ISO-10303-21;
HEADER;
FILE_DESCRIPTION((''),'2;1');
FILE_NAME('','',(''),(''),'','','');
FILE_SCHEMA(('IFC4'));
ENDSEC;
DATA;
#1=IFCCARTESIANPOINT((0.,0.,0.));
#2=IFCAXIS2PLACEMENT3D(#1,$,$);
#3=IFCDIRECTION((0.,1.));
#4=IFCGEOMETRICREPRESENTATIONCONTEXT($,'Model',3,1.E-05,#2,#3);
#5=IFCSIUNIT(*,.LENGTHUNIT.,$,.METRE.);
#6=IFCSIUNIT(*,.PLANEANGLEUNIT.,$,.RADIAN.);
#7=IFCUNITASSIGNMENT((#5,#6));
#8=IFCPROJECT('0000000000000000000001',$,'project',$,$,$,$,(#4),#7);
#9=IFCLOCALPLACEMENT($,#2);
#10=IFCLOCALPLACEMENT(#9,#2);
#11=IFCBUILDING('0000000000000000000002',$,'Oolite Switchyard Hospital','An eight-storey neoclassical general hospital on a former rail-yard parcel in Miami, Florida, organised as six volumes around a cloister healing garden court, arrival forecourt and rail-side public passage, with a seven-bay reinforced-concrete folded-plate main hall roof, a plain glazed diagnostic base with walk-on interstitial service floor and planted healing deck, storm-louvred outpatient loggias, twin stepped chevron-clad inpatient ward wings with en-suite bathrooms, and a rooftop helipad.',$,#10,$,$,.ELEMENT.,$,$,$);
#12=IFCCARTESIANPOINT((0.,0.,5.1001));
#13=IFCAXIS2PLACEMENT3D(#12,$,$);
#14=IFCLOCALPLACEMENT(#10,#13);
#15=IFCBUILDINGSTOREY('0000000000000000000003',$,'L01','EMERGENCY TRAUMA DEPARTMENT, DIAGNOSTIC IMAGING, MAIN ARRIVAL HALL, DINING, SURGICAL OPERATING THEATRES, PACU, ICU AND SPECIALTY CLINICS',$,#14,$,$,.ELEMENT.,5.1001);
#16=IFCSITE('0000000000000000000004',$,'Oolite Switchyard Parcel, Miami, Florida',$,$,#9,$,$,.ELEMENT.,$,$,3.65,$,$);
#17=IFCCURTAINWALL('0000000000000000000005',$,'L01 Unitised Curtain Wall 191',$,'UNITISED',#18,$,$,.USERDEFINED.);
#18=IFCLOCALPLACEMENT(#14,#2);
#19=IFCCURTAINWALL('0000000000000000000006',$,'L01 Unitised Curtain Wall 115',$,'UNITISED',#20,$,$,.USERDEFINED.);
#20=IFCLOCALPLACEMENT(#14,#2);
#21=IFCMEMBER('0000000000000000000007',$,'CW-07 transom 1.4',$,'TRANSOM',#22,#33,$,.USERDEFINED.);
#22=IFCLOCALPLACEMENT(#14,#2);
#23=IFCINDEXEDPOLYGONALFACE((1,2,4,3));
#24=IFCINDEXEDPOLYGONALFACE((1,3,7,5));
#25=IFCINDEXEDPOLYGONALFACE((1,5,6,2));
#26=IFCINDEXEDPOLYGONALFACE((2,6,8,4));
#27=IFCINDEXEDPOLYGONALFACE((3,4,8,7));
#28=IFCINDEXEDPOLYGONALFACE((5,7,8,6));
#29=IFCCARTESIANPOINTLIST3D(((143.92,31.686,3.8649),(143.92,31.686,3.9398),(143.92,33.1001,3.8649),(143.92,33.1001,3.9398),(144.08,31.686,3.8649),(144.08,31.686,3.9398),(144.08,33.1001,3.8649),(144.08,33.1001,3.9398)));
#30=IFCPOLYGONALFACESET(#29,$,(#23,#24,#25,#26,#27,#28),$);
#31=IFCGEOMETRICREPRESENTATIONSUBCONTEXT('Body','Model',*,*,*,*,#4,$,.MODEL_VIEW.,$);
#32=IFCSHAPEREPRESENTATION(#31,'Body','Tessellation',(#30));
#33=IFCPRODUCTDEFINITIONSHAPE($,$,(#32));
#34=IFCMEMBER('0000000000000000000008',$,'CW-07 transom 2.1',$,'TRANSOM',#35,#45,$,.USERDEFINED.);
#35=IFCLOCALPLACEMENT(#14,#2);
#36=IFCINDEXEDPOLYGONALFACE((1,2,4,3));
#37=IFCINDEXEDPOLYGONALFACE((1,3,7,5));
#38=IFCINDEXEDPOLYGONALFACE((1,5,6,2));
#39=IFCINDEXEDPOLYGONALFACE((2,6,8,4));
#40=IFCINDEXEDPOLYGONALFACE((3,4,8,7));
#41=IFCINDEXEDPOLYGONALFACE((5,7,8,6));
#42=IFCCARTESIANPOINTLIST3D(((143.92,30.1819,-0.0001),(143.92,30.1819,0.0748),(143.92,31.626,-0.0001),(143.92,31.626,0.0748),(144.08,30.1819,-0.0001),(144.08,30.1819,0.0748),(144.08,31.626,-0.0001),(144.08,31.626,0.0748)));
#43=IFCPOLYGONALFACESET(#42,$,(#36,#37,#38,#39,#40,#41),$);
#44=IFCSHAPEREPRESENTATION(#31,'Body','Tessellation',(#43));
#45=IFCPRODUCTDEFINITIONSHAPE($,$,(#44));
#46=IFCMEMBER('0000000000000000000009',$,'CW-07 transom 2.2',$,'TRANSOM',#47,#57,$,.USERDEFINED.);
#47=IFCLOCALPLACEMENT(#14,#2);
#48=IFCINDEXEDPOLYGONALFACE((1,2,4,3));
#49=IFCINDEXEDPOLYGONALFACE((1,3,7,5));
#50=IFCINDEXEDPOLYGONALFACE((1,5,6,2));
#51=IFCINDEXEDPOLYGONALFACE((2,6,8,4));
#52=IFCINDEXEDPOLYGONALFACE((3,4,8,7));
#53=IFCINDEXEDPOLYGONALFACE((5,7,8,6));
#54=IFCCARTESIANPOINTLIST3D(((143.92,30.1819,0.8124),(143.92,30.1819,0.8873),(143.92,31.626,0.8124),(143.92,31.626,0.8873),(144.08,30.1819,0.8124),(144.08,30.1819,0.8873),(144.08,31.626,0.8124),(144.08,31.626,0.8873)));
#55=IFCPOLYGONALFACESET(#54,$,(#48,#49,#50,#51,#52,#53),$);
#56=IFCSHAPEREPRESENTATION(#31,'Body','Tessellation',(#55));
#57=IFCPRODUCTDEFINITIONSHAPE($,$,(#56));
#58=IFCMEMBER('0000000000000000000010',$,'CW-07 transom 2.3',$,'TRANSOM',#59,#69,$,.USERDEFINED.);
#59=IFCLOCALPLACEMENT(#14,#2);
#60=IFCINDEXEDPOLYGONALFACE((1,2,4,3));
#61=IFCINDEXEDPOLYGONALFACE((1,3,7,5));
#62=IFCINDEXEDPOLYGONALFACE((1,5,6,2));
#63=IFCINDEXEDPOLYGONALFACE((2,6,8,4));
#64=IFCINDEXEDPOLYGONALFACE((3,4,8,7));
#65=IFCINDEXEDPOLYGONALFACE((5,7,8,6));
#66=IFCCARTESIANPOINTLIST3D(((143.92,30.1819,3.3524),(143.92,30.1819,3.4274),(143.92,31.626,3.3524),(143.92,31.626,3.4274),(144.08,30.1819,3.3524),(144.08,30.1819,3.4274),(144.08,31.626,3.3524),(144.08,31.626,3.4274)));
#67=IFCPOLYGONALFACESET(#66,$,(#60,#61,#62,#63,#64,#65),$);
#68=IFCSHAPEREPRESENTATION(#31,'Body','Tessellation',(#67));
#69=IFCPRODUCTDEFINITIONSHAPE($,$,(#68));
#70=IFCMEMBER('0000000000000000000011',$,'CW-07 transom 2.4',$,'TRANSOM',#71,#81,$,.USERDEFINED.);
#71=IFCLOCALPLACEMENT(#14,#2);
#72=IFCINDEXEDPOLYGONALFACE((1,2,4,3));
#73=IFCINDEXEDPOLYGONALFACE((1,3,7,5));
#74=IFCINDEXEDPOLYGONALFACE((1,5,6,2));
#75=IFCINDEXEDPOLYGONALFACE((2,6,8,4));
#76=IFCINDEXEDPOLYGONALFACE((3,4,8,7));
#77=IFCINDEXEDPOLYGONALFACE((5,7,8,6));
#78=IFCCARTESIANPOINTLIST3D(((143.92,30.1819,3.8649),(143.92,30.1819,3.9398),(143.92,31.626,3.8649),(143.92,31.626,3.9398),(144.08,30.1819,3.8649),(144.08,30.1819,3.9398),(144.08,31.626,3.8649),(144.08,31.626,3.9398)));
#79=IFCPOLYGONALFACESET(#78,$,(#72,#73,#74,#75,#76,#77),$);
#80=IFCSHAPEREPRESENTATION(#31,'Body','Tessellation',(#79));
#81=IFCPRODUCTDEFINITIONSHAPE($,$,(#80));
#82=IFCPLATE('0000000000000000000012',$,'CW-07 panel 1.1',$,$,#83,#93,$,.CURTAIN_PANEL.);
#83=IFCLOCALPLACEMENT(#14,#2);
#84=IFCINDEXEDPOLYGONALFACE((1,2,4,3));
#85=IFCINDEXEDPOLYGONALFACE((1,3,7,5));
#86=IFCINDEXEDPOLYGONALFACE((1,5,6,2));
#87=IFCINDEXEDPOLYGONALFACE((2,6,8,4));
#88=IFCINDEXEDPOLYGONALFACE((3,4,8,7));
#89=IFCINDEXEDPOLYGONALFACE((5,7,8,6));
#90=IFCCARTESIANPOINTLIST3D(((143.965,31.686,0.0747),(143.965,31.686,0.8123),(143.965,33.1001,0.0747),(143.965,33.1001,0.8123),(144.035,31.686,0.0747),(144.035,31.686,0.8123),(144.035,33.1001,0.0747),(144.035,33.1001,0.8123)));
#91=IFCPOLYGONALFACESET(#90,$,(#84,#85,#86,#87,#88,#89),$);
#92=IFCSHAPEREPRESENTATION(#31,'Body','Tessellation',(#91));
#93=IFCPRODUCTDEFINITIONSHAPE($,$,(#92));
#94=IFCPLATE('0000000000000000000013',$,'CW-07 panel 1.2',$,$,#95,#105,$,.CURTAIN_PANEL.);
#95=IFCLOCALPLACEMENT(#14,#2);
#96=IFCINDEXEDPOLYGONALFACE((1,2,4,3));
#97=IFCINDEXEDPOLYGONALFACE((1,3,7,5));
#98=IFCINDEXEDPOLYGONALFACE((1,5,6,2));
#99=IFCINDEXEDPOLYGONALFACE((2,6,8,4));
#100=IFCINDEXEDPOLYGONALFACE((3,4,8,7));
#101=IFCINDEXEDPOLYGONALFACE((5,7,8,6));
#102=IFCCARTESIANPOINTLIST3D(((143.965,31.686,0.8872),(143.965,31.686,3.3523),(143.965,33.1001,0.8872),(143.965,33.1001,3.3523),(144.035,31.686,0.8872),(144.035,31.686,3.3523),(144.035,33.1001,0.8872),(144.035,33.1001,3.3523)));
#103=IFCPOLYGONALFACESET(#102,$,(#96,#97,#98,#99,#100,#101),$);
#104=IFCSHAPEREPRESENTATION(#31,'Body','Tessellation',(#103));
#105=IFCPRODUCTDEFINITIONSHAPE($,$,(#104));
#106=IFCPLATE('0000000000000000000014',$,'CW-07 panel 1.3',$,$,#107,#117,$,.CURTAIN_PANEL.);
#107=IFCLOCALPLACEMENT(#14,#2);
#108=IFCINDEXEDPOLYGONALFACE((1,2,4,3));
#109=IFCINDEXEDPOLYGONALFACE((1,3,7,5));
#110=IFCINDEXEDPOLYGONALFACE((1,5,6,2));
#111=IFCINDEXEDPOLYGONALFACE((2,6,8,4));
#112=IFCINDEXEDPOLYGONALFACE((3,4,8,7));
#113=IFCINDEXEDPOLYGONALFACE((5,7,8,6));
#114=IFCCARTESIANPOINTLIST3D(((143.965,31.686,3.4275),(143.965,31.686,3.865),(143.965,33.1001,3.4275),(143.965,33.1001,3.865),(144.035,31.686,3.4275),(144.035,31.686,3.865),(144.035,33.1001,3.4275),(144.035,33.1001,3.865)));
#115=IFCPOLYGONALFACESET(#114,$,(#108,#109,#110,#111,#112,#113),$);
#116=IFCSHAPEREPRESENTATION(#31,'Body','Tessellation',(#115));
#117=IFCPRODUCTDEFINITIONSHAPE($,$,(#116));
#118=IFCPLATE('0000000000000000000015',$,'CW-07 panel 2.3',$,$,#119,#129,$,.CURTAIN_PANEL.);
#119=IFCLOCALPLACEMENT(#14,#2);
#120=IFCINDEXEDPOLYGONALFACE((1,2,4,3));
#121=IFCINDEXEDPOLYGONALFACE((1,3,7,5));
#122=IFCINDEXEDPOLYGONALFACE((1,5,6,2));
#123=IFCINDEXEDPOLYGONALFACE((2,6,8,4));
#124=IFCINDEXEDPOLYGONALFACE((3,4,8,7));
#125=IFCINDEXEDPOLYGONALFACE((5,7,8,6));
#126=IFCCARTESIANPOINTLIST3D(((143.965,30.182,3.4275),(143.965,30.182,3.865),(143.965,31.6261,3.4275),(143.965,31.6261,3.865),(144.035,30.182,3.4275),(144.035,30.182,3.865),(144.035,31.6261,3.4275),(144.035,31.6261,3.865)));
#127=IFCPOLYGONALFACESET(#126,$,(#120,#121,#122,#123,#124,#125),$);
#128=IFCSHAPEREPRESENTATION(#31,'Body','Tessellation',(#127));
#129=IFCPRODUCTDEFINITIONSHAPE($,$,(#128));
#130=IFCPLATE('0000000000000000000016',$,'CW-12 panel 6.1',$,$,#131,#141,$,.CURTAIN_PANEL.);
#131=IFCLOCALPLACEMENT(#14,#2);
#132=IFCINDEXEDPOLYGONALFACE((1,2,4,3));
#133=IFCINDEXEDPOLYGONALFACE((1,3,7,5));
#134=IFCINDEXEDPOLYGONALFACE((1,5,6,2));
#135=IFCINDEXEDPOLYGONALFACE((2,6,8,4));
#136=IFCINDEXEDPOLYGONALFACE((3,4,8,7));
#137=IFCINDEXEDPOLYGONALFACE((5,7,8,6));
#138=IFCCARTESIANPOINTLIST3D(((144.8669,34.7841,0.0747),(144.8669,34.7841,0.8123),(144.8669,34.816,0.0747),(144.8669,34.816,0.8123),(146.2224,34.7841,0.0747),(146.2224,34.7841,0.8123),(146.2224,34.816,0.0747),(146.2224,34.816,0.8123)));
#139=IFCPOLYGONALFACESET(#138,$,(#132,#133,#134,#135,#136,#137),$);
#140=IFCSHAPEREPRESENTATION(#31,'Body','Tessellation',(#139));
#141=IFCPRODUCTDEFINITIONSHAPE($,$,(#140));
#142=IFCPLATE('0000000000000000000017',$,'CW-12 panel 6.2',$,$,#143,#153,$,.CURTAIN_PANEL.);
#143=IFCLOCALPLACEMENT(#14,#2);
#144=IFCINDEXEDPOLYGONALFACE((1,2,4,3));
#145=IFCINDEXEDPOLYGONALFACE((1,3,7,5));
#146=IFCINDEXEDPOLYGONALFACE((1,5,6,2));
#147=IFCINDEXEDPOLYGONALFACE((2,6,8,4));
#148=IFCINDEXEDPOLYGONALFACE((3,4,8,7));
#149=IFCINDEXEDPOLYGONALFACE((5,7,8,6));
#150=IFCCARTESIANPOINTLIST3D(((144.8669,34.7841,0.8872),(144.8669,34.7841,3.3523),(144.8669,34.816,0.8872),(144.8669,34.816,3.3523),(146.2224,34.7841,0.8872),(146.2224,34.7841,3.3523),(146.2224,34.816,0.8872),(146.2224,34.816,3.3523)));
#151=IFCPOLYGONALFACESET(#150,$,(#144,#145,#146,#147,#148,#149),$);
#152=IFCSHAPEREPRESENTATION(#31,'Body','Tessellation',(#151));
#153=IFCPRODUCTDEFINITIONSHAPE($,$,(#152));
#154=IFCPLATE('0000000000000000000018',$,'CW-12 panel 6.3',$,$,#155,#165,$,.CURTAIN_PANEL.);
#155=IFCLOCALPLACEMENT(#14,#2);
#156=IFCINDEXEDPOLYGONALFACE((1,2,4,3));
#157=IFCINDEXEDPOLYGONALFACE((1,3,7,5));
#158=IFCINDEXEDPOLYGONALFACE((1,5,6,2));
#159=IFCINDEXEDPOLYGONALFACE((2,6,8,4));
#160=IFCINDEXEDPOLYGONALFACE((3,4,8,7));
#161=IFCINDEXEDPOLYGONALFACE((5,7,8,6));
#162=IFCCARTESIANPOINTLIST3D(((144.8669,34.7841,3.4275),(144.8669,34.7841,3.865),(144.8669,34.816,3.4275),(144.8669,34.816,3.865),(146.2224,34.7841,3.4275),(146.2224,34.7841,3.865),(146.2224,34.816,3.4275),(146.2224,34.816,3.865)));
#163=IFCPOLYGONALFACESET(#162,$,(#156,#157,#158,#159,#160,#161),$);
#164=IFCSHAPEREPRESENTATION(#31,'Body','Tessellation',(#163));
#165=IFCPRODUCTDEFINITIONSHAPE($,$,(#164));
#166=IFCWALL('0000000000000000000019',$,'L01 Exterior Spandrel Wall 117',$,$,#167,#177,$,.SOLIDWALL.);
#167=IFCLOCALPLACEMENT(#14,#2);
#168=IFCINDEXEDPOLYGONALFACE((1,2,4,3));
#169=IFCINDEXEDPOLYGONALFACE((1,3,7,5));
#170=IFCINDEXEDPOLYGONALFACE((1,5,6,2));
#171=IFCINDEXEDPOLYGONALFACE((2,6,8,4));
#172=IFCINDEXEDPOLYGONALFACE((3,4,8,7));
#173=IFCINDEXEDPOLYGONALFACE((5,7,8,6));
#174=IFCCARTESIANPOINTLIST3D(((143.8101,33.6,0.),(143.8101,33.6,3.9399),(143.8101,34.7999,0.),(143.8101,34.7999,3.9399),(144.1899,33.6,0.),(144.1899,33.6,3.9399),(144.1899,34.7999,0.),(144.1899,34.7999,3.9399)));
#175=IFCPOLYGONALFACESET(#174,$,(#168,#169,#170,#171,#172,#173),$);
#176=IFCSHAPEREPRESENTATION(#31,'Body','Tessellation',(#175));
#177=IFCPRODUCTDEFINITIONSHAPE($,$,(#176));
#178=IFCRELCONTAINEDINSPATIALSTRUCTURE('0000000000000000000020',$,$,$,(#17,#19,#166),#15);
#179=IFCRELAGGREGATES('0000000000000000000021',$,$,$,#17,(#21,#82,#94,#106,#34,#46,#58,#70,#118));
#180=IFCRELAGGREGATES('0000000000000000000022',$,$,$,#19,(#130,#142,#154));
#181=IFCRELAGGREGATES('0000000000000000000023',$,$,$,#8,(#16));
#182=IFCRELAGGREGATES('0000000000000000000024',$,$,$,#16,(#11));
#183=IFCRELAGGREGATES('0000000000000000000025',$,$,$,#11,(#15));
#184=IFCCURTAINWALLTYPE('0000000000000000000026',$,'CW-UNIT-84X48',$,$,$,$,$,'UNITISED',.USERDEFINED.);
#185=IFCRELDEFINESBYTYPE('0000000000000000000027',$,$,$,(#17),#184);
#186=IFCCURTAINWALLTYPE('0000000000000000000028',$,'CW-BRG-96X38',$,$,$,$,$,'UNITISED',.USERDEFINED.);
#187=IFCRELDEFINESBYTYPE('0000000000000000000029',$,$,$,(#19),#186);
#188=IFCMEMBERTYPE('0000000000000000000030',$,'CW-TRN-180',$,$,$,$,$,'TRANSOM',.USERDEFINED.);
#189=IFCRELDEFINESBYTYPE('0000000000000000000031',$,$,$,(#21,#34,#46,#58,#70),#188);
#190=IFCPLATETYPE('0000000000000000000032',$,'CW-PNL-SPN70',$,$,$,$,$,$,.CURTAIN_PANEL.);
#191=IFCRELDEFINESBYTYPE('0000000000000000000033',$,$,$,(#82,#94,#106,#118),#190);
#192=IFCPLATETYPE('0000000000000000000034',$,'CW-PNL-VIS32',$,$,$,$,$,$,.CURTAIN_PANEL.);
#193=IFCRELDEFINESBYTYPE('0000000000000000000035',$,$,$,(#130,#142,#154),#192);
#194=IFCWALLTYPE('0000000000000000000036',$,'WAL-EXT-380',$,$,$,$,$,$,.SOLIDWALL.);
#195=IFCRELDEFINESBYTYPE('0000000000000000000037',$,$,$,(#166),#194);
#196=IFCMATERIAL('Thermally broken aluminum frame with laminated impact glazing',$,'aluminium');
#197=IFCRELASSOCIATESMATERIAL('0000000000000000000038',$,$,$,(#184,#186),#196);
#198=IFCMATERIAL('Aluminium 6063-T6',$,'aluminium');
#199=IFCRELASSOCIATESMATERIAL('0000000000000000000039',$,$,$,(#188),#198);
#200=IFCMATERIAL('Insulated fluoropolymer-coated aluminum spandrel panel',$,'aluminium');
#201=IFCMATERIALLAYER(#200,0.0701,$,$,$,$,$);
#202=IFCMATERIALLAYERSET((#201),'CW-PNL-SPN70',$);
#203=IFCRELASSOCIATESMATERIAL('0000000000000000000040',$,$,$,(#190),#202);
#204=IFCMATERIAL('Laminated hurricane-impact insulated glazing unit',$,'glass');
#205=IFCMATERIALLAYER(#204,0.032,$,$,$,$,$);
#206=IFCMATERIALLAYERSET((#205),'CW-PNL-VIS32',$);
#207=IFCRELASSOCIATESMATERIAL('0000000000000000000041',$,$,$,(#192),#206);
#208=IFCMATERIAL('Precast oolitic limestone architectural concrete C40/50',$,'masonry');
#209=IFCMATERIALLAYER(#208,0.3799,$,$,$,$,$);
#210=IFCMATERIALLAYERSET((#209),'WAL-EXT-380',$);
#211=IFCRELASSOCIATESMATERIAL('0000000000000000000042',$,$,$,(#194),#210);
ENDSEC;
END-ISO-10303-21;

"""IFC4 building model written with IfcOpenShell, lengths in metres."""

from ifc_helpers import new_model, si_unit, direction, frame, frame_2d, origin, origin_2d, place, context, subcontext, project, spatial, rectangle, extrude, material, layer, layer_set, material_profile, profile_set, type_object, element, aggregate, save


model = new_model("IFC4")

# Units and contexts
model_context = context("Model", 3, precision=1e-05, world=origin(), true_north=direction((0.0, 1.0)))
body_context = subcontext(model_context, "Body", "Model", "MODEL_VIEW")
ifc_project = project(units=[si_unit("LENGTHUNIT", "METRE"), si_unit("PLANEANGLEUNIT", "RADIAN")], contexts=[model_context])

# Site, building, storey
site_placement = place(None, origin())
site = spatial("IfcSite", under=ifc_project, at=site_placement, Name="Oolite Switchyard Parcel, Miami, Florida", CompositionType="ELEMENT", RefElevation=3.65)
building_placement = place(site_placement, origin())
building = spatial("IfcBuilding", under=site, at=building_placement, Name="Oolite Switchyard Hospital", Description="An eight-storey neoclassical general hospital on a former rail-yard parcel in Miami, Florida, organised as six volumes around a cloister healing garden court, arrival forecourt and rail-side public passage, with a seven-bay reinforced-concrete folded-plate main hall roof, a plain glazed diagnostic base with walk-on interstitial service floor and planted healing deck, storm-louvred outpatient loggias, twin stepped chevron-clad inpatient ward wings with en-suite bathrooms, and a rooftop helipad.", CompositionType="ELEMENT")
storey_placement = place(building_placement, frame((0.0, 0.0, 5.1001)))
storey = spatial("IfcBuildingStorey", under=building, at=storey_placement, Name="L01", Description="EMERGENCY TRAUMA DEPARTMENT, DIAGNOSTIC IMAGING, MAIN ARRIVAL HALL, DINING, SURGICAL OPERATING THEATRES, PACU, ICU AND SPECIALTY CLINICS", CompositionType="ELEMENT", Elevation=5.1001)

# Curtain walls
ifc_material_1 = material(Name="Thermally broken aluminum frame with laminated impact glazing", Category="aluminium")
curtain_wall_type_1 = type_object("IfcCurtainWallType", Name="CW-UNIT-84X48", ElementType="UNITISED", PredefinedType="USERDEFINED", material=ifc_material_1)
curtain_wall_1_placement = place(storey_placement, origin())
curtain_wall_1 = element("IfcCurtainWall", 1, at=curtain_wall_1_placement, inside=storey, type_object=curtain_wall_type_1, Name="L01 Unitised Curtain Wall 191", ObjectType="UNITISED", PredefinedType="USERDEFINED")
ifc_material_2 = material(Name="Aluminium 6063-T6", Category="aluminium")
curtain_wall_type_2 = type_object("IfcCurtainWallType", Name="CW-BRG-96X38", ElementType="UNITISED", PredefinedType="USERDEFINED", material=ifc_material_1)
curtain_wall_2_placement = place(storey_placement, origin())
curtain_wall_2 = element("IfcCurtainWall", 2, at=curtain_wall_2_placement, inside=storey, type_object=curtain_wall_type_2, Name="L01 Unitised Curtain Wall 115", ObjectType="UNITISED", PredefinedType="USERDEFINED")
ifc_material_profile_1 = material_profile(ifc_material_2, rectangle(XDim=0.1599, YDim=0.075, at=origin_2d()), Name="CWT75X160")
ifc_profile_set_1 = profile_set([ifc_material_profile_1], Name="Aluminium 6063-T6")
member_type_1 = type_object("IfcMemberType", Name="CW-TRN-180", ElementType="TRANSOM", PredefinedType="USERDEFINED", material=ifc_profile_set_1)

# Members
member_1_placement = place(storey_placement, frame((144.0, 33.1001, 3.9023), z_axis=(0.0, -1.0, 0.0), x_axis=(1.0, 0.0, 0.0)))
member_1 = element("IfcMember", 3, at=member_1_placement, type_object=member_type_1, Name="CW-07 transom 1.4", ObjectType="TRANSOM", PredefinedType="USERDEFINED", context=body_context, shape_type="SweptSolid", body=[
    extrude(rectangle(XDim=0.1599, YDim=0.075, at=origin_2d()), origin(), (0.0, 0.0, 1.0), 1.4141),
])
member_2_placement = place(storey_placement, frame((144.0, 31.626, 0.0374), z_axis=(0.0, -1.0, 0.0), x_axis=(1.0, 0.0, 0.0)))
member_2 = element("IfcMember", 4, at=member_2_placement, type_object=member_type_1, Name="CW-07 transom 2.1", ObjectType="TRANSOM", PredefinedType="USERDEFINED", context=body_context, shape_type="SweptSolid", body=[
    extrude(rectangle(XDim=0.1599, YDim=0.075, at=origin_2d()), origin(), (0.0, 0.0, 1.0), 1.4441),
])
member_3_placement = place(storey_placement, frame((144.0, 31.626, 0.8499), z_axis=(0.0, -1.0, 0.0), x_axis=(1.0, 0.0, 0.0)))
member_3 = element("IfcMember", 5, at=member_3_placement, type_object=member_type_1, Name="CW-07 transom 2.2", ObjectType="TRANSOM", PredefinedType="USERDEFINED", context=body_context, shape_type="SweptSolid", body=[
    extrude(rectangle(XDim=0.1599, YDim=0.075, at=origin_2d()), origin(), (0.0, 0.0, 1.0), 1.4441),
])
member_4_placement = place(storey_placement, frame((144.0, 31.626, 3.3899), z_axis=(0.0, -1.0, 0.0), x_axis=(1.0, 0.0, 0.0)))
member_4 = element("IfcMember", 6, at=member_4_placement, type_object=member_type_1, Name="CW-07 transom 2.3", ObjectType="TRANSOM", PredefinedType="USERDEFINED", context=body_context, shape_type="SweptSolid", body=[
    extrude(rectangle(XDim=0.1599, YDim=0.075, at=origin_2d()), origin(), (0.0, 0.0, 1.0), 1.4441),
])
member_5_placement = place(storey_placement, frame((144.0, 31.626, 3.9023), z_axis=(0.0, -1.0, 0.0), x_axis=(1.0, 0.0, 0.0)))
member_5 = element("IfcMember", 7, at=member_5_placement, type_object=member_type_1, Name="CW-07 transom 2.4", ObjectType="TRANSOM", PredefinedType="USERDEFINED", context=body_context, shape_type="SweptSolid", body=[
    extrude(rectangle(XDim=0.1599, YDim=0.075, at=origin_2d()), origin(), (0.0, 0.0, 1.0), 1.4441),
])

# Plates
ifc_material_3 = material(Name="Insulated fluoropolymer-coated aluminum spandrel panel", Category="aluminium")
ifc_layer_1 = layer(ifc_material_3, 0.0701)
ifc_layer_set_1 = layer_set([ifc_layer_1], Name="CW-PNL-SPN70")
plate_type_1 = type_object("IfcPlateType", Name="CW-PNL-SPN70", PredefinedType="CURTAIN_PANEL", material=ifc_layer_set_1)
plate_1_placement = place(storey_placement, frame((144.0, 32.3931, 0.0747), z_axis=(0.0, 0.0, 1.0), x_axis=(0.0, -1.0, 0.0)))
plate_1 = element("IfcPlate", 8, at=plate_1_placement, type_object=plate_type_1, Name="CW-07 panel 1.1", PredefinedType="CURTAIN_PANEL", context=body_context, shape_type="SweptSolid", body=[
    extrude(rectangle(XDim=1.4141, YDim=0.0701, at=origin_2d()), origin(), (0.0, 0.0, 1.0), 0.7375),
])
plate_2_placement = place(storey_placement, frame((144.0, 32.3931, 0.8872), z_axis=(0.0, 0.0, 1.0), x_axis=(0.0, -1.0, 0.0)))
plate_2 = element("IfcPlate", 9, at=plate_2_placement, type_object=plate_type_1, Name="CW-07 panel 1.2", PredefinedType="CURTAIN_PANEL", context=body_context, shape_type="SweptSolid", body=[
    extrude(rectangle(XDim=1.4141, YDim=0.0701, at=origin_2d()), origin(), (0.0, 0.0, 1.0), 2.4651),
])
plate_3_placement = place(storey_placement, frame((144.0, 32.3931, 3.4275), z_axis=(0.0, 0.0, 1.0), x_axis=(0.0, -1.0, 0.0)))
plate_3 = element("IfcPlate", 10, at=plate_3_placement, type_object=plate_type_1, Name="CW-07 panel 1.3", PredefinedType="CURTAIN_PANEL", context=body_context, shape_type="SweptSolid", body=[
    extrude(rectangle(XDim=1.4141, YDim=0.0701, at=origin_2d()), origin(), (0.0, 0.0, 1.0), 0.4375),
])
plate_4_placement = place(storey_placement, frame((144.0, 30.9041, 3.4275), z_axis=(0.0, 0.0, 1.0), x_axis=(0.0, -1.0, 0.0)))
plate_4 = element("IfcPlate", 11, at=plate_4_placement, type_object=plate_type_1, Name="CW-07 panel 2.3", PredefinedType="CURTAIN_PANEL", context=body_context, shape_type="SweptSolid", body=[
    extrude(rectangle(XDim=1.4441, YDim=0.0701, at=origin_2d()), origin(), (0.0, 0.0, 1.0), 0.4375),
])
aggregate(curtain_wall_1, [member_1, plate_1, plate_2, plate_3, member_2, member_3, member_4, member_5, plate_4])
ifc_material_4 = material(Name="Laminated hurricane-impact insulated glazing unit", Category="glass")
ifc_layer_2 = layer(ifc_material_4, 0.032)
ifc_layer_set_2 = layer_set([ifc_layer_2], Name="CW-PNL-VIS32")
plate_type_2 = type_object("IfcPlateType", Name="CW-PNL-VIS32", PredefinedType="CURTAIN_PANEL", material=ifc_layer_set_2)
plate_5_placement = place(storey_placement, frame((145.5447, 34.8, 0.0747), z_axis=(0.0, 0.0, 1.0), x_axis=(-1.0, 0.0, 0.0)))
plate_5 = element("IfcPlate", 12, at=plate_5_placement, type_object=plate_type_2, Name="CW-12 panel 6.1", PredefinedType="CURTAIN_PANEL", context=body_context, shape_type="SweptSolid", body=[
    extrude(rectangle(XDim=1.3555, YDim=0.032, at=origin_2d()), origin(), (0.0, 0.0, 1.0), 0.7375),
])
plate_6_placement = place(storey_placement, frame((145.5447, 34.8, 0.8872), z_axis=(0.0, 0.0, 1.0), x_axis=(-1.0, 0.0, 0.0)))
plate_6 = element("IfcPlate", 13, at=plate_6_placement, type_object=plate_type_2, Name="CW-12 panel 6.2", PredefinedType="CURTAIN_PANEL", context=body_context, shape_type="SweptSolid", body=[
    extrude(rectangle(XDim=1.3555, YDim=0.032, at=origin_2d()), origin(), (0.0, 0.0, 1.0), 2.4651),
])
plate_7_placement = place(storey_placement, frame((145.5447, 34.8, 3.4275), z_axis=(0.0, 0.0, 1.0), x_axis=(-1.0, 0.0, 0.0)))
plate_7 = element("IfcPlate", 14, at=plate_7_placement, type_object=plate_type_2, Name="CW-12 panel 6.3", PredefinedType="CURTAIN_PANEL", context=body_context, shape_type="SweptSolid", body=[
    extrude(rectangle(XDim=1.3555, YDim=0.032, at=origin_2d()), origin(), (0.0, 0.0, 1.0), 0.4375),
])
aggregate(curtain_wall_2, [plate_5, plate_6, plate_7])

# Wall
ifc_material_5 = material(Name="Precast oolitic limestone architectural concrete C40/50", Category="masonry")
ifc_layer_3 = layer(ifc_material_5, 0.3799)
ifc_layer_set_3 = layer_set([ifc_layer_3], Name="WAL-EXT-380")
wall_type = type_object("IfcWallType", Name="WAL-EXT-380", PredefinedType="SOLIDWALL", material=ifc_layer_set_3)
wall_placement = place(storey_placement, frame((144.0, 34.8, 0.0), z_axis=(0.0, 0.0, 1.0), x_axis=(0.0, -1.0, 0.0)))
element("IfcWall", 15, at=wall_placement, inside=storey, type_object=wall_type, Name="L01 Exterior Spandrel Wall 117", PredefinedType="SOLIDWALL", context=body_context, shape_type="SweptSolid", body=[
    extrude(rectangle(XDim=1.2, YDim=0.3799, at=frame_2d((0.6001, 0.0))), origin(), (0.0, 0.0, 1.0), 3.9399),
])

save(model, "model.ifc")
